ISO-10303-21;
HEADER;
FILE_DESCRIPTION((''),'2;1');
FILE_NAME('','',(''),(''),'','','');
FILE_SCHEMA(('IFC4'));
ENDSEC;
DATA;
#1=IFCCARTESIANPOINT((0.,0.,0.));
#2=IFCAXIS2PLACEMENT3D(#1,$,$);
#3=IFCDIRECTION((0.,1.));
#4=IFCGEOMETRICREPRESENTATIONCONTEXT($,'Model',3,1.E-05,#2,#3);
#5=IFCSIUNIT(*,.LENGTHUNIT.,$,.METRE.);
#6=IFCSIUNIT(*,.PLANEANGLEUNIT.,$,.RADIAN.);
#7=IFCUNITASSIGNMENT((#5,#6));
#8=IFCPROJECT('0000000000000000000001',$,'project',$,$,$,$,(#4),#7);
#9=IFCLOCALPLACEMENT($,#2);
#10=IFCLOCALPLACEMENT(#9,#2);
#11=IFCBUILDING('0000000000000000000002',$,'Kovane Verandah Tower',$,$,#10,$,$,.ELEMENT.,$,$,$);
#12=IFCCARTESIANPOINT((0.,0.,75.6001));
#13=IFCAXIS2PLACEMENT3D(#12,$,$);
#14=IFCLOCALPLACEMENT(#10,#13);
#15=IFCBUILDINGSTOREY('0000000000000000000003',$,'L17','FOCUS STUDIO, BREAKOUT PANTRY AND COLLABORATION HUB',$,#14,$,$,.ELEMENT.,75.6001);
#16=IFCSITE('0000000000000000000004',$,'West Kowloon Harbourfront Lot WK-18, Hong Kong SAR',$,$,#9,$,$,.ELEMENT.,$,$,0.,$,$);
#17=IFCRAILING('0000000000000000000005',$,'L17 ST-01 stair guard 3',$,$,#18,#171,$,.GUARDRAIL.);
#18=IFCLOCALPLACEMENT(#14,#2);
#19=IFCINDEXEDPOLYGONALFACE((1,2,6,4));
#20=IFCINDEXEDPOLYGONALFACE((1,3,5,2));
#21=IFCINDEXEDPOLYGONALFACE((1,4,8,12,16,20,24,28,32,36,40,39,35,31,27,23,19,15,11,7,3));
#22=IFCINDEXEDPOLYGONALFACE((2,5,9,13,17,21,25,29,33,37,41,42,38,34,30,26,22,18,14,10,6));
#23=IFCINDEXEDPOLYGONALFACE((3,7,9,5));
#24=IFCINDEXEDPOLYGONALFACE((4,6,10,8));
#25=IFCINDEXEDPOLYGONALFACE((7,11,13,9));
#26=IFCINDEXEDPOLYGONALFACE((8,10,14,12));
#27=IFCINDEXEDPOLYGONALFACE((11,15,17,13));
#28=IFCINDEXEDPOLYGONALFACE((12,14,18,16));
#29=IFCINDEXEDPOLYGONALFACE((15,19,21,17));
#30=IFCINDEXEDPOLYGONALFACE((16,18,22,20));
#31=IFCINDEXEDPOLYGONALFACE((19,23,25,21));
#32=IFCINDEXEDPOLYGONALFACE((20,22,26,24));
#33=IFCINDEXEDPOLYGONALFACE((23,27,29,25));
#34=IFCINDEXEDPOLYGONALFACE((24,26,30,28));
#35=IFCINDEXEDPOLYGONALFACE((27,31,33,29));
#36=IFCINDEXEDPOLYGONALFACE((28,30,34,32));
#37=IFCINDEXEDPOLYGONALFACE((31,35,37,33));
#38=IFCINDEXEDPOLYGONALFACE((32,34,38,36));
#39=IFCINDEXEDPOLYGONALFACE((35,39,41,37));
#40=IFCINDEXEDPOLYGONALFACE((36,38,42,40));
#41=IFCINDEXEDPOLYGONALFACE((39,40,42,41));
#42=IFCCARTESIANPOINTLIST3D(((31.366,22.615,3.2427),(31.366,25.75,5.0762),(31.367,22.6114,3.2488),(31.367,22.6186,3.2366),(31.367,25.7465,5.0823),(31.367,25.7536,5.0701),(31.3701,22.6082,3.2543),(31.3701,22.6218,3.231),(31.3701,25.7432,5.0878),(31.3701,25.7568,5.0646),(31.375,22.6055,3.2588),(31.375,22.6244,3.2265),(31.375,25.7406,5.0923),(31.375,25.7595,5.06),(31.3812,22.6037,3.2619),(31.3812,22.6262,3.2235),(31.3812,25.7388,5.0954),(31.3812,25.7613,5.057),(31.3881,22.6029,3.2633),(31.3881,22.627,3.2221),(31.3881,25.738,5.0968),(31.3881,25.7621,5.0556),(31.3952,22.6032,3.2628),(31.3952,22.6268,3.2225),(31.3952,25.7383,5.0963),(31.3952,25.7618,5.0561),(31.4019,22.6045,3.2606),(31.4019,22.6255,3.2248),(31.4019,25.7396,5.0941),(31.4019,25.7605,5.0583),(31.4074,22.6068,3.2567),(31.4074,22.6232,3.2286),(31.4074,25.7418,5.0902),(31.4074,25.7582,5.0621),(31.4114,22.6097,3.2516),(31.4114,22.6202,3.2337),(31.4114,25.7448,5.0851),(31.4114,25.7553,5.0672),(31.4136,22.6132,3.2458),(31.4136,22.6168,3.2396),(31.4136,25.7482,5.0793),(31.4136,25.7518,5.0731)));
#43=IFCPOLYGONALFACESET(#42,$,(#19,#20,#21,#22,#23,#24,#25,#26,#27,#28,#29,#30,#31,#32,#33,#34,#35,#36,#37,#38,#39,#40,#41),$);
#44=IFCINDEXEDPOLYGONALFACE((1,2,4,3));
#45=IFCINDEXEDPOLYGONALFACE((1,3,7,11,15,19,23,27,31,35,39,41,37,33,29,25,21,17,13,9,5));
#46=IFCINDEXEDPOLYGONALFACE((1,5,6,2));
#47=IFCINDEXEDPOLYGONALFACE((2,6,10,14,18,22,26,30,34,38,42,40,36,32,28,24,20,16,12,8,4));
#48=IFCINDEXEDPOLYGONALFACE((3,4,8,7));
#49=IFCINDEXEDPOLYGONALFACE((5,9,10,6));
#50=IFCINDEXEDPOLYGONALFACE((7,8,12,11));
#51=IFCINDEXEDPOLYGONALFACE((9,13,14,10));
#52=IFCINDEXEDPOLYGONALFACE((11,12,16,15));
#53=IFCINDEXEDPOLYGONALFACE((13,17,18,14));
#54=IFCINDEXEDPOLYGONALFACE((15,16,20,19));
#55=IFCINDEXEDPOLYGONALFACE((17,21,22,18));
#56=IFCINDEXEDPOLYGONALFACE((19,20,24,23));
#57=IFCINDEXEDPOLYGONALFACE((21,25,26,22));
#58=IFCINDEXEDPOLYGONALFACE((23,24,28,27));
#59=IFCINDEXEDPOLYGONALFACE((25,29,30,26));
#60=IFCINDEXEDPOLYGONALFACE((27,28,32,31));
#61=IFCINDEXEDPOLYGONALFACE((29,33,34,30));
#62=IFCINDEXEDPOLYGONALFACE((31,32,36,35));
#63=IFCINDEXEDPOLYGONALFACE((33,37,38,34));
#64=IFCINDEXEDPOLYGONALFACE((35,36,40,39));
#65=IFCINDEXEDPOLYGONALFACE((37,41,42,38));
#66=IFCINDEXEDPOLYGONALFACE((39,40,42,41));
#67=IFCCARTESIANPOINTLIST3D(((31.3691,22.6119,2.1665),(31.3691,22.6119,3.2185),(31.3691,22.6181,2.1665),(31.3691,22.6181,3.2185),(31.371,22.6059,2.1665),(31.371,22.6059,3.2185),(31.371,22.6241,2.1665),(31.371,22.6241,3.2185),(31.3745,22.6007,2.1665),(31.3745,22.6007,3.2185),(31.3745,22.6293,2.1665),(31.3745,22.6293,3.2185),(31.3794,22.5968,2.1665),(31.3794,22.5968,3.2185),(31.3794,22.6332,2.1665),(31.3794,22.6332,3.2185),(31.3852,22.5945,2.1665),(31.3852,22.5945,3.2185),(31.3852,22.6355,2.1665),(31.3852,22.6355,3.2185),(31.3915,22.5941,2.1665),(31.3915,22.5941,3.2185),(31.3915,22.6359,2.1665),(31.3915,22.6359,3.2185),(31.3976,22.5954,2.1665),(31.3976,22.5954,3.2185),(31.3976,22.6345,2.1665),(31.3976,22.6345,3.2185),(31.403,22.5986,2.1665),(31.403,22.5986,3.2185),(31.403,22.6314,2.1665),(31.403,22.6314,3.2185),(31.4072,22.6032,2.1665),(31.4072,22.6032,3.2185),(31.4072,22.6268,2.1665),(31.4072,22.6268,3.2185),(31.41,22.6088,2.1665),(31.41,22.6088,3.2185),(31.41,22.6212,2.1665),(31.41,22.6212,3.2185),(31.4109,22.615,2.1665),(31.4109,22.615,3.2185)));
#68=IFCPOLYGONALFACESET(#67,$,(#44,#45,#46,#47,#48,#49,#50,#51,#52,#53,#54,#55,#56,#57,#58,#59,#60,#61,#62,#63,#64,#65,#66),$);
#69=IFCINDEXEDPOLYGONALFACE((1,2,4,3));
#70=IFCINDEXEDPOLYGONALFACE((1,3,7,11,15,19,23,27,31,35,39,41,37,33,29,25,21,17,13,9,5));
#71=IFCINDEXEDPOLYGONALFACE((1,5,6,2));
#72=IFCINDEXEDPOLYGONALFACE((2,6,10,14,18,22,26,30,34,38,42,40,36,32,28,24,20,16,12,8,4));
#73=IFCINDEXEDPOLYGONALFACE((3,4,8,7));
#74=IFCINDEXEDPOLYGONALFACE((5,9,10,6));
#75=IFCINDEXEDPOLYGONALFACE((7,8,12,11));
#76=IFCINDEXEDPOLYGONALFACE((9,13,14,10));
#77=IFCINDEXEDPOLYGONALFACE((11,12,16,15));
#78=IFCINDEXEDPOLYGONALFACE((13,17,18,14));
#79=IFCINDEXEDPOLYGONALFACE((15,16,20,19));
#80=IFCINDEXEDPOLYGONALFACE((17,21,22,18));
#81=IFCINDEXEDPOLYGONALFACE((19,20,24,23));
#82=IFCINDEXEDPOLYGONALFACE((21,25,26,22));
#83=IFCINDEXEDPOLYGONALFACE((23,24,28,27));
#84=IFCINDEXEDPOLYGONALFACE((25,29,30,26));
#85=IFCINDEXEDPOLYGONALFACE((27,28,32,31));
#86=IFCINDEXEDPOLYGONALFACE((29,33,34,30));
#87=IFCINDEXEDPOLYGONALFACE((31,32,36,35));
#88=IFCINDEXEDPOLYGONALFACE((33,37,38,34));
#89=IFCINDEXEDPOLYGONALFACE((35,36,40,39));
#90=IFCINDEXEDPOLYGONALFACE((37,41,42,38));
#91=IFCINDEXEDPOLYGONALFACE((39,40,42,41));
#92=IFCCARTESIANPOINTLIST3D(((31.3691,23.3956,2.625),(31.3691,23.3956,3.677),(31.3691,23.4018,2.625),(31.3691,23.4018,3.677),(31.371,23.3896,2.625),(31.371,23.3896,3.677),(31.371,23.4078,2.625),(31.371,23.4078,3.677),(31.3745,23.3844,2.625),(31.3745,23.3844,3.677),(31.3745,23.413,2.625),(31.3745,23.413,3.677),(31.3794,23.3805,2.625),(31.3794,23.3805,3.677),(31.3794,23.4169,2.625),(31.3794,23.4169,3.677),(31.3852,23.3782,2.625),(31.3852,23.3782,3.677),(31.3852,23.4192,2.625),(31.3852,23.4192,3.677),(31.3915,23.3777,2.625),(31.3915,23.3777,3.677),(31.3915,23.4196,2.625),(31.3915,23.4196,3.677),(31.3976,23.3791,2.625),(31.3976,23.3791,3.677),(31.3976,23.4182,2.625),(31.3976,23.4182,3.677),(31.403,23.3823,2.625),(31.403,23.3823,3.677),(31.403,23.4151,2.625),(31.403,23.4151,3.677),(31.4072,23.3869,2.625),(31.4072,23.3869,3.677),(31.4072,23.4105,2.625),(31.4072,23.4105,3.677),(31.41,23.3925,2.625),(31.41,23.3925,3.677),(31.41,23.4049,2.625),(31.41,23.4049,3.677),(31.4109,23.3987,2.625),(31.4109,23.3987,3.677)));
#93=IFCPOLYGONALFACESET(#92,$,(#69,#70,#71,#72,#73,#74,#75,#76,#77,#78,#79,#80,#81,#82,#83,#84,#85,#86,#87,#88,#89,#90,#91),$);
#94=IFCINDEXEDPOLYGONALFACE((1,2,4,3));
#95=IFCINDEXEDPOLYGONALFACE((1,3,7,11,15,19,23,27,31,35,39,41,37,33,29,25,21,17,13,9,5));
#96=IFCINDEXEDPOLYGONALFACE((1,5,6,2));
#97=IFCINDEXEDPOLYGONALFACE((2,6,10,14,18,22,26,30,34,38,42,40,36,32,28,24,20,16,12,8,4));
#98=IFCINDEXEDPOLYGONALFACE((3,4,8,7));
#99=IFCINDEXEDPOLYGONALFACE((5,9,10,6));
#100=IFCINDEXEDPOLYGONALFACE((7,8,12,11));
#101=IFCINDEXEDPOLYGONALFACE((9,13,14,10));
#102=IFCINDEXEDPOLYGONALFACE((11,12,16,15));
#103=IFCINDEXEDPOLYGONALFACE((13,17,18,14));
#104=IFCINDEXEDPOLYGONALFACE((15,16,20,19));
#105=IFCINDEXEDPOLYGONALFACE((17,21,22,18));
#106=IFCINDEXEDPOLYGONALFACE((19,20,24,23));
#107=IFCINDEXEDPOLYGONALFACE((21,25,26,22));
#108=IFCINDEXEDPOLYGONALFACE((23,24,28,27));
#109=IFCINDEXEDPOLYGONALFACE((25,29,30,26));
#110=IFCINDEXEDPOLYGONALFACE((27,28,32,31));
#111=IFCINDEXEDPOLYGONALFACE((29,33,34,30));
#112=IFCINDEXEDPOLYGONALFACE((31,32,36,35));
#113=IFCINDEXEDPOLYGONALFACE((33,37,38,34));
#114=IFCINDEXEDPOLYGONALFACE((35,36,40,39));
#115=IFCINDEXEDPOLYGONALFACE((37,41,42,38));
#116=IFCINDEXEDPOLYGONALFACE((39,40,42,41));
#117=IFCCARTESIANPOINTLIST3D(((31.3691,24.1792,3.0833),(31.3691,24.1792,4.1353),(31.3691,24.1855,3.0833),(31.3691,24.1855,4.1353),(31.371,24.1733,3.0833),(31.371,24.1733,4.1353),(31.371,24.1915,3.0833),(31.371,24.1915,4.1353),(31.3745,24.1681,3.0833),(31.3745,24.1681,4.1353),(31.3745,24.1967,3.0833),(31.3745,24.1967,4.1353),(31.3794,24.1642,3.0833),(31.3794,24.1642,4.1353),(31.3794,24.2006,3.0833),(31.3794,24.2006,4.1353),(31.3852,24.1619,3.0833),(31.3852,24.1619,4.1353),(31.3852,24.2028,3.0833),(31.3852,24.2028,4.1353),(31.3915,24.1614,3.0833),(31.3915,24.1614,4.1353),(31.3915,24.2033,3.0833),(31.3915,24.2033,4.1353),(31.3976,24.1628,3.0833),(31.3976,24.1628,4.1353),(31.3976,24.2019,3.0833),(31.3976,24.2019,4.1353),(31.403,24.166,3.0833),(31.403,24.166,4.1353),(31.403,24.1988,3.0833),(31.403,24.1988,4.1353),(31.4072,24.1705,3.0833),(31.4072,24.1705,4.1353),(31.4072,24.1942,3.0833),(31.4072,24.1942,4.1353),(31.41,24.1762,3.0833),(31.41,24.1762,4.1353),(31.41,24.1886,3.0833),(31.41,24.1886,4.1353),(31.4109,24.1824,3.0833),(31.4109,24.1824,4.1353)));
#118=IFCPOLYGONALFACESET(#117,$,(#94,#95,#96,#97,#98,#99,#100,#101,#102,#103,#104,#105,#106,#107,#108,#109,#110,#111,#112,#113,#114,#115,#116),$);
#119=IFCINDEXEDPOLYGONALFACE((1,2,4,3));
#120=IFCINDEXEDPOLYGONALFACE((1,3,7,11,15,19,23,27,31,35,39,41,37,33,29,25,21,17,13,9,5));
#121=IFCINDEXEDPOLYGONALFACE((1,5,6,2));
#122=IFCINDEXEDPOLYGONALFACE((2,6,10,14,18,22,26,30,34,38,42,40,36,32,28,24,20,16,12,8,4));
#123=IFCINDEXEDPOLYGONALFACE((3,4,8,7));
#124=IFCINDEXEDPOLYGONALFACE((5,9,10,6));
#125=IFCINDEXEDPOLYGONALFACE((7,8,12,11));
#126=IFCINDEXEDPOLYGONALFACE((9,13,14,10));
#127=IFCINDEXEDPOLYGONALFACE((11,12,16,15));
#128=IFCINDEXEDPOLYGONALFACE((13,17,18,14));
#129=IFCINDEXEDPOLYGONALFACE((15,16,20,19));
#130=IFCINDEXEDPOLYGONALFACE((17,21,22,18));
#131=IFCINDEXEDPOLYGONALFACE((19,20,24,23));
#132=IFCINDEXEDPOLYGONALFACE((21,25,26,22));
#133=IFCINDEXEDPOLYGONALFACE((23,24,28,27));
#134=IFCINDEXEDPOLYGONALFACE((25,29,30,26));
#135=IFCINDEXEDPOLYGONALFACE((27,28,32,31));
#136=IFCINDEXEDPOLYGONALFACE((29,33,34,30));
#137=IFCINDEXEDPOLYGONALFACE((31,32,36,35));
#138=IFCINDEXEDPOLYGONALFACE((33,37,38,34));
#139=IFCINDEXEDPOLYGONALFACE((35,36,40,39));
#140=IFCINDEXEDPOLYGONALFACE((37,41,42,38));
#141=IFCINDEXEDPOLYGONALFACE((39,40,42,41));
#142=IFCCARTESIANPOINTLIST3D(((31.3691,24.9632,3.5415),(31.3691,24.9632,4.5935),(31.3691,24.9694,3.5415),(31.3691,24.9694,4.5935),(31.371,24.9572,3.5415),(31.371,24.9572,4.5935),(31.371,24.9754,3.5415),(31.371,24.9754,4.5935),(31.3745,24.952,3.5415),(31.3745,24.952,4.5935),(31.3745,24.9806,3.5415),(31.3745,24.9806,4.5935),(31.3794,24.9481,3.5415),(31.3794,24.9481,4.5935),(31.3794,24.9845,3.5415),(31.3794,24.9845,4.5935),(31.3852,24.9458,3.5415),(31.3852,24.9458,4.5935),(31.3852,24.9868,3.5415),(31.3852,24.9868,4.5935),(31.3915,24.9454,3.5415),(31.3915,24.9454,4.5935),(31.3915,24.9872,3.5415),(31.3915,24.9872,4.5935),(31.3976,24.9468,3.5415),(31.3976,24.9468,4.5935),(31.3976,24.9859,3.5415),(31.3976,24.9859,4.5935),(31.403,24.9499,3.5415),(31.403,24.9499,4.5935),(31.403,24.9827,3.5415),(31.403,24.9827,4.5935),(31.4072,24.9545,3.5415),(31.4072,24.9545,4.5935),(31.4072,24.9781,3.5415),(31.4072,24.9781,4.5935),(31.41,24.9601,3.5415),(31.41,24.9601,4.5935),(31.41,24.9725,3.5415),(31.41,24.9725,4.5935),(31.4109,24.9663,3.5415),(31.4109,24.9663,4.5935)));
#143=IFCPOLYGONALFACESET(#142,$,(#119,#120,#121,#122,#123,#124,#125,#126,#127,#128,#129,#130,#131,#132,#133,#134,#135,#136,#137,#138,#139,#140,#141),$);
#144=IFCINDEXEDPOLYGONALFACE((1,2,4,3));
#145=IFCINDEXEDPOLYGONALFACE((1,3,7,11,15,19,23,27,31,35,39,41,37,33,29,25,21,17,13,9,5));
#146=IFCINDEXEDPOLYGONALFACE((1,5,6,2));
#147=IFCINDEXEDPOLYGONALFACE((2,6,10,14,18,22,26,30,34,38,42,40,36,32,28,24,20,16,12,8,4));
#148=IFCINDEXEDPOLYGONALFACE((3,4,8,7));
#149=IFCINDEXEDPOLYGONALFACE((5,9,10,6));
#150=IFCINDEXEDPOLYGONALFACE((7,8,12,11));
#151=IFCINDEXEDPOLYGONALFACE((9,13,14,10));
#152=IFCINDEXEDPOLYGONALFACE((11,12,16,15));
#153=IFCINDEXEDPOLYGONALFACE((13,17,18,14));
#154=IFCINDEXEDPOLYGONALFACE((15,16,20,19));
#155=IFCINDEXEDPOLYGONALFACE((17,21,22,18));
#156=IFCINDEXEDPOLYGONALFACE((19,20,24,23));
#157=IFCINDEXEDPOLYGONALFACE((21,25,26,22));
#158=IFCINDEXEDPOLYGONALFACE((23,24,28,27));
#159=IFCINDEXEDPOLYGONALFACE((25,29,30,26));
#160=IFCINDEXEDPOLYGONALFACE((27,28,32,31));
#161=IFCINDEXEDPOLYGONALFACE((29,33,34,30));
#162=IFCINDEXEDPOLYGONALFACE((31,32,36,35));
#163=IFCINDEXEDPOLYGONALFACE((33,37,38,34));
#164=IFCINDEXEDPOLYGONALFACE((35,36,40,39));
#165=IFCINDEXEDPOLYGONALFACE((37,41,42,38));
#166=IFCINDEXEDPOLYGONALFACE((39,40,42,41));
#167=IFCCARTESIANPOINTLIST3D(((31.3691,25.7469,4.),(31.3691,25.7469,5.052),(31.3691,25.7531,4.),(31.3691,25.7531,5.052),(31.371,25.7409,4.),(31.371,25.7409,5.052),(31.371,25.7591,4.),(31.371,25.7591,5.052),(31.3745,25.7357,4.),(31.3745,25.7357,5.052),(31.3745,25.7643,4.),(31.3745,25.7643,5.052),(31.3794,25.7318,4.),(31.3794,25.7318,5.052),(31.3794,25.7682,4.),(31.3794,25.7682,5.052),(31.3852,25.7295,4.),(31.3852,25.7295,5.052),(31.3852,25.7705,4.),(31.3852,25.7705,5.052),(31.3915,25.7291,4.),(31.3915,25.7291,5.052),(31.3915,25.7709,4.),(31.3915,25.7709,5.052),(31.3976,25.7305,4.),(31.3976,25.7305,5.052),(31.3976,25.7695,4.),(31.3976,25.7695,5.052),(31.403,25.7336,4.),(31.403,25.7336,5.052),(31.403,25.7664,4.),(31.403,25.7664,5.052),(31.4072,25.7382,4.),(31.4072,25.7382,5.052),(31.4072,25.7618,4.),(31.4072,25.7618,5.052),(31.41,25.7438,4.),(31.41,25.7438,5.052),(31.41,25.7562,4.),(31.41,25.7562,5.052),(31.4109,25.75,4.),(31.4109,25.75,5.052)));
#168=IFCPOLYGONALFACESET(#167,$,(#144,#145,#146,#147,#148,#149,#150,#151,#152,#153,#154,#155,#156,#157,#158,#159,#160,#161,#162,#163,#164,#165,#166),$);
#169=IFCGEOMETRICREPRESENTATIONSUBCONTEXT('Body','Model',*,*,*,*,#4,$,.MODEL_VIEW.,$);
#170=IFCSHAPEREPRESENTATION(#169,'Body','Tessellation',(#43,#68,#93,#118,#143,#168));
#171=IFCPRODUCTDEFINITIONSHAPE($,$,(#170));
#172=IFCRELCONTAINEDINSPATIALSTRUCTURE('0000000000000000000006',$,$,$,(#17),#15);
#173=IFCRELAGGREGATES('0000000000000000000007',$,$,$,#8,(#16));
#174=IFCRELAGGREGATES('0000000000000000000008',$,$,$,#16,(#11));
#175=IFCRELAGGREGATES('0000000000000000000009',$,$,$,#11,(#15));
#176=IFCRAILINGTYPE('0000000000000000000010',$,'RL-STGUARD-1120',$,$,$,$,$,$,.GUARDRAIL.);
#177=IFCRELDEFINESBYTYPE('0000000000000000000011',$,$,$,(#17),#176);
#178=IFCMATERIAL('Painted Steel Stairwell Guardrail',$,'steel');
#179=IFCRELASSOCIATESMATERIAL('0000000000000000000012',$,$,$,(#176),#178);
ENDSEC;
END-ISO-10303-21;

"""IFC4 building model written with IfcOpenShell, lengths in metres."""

from ifc_helpers import new_model, si_unit, direction, frame, origin, origin_2d, place, context, subcontext, project, spatial, circle, extrude, material, type_object, element, save


model = new_model("IFC4")

# Units and contexts
model_context = context("Model", 3, precision=1e-05, world=origin(), true_north=direction((0.0, 1.0)))
body_context = subcontext(model_context, "Body", "Model", "MODEL_VIEW")
ifc_project = project(units=[si_unit("LENGTHUNIT", "METRE"), si_unit("PLANEANGLEUNIT", "RADIAN")], contexts=[model_context])

# Site, building, storey
site_placement = place(None, origin())
site = spatial("IfcSite", under=ifc_project, at=site_placement, Name="West Kowloon Harbourfront Lot WK-18, Hong Kong SAR", CompositionType="ELEMENT", RefElevation=0.0)
building_placement = place(site_placement, origin())
building = spatial("IfcBuilding", under=site, at=building_placement, Name="Kovane Verandah Tower", CompositionType="ELEMENT")
storey_placement = place(building_placement, frame((0.0, 0.0, 75.6001)))
storey = spatial("IfcBuildingStorey", under=building, at=storey_placement, Name="L17", Description="FOCUS STUDIO, BREAKOUT PANTRY AND COLLABORATION HUB", CompositionType="ELEMENT", Elevation=75.6001)

# Railing
ifc_material_1 = material(Name="Painted Steel Stairwell Guardrail", Category="steel")
railing_type_1 = type_object("IfcRailingType", Name="RL-STGUARD-1120", PredefinedType="GUARDRAIL", material=ifc_material_1)
railing_1_placement = place(storey_placement, frame((31.3899, 22.615, 2.1665)))
element("IfcRailing", 1, at=railing_1_placement, inside=storey, type_object=railing_type_1, Name="L17 ST-01 stair guard 3", PredefinedType="GUARDRAIL", context=body_context, shape_type="SweptSolid", body=[
    extrude(circle(Radius=0.0239, at=origin_2d()), frame((0.0, 0.0, 1.0762), z_axis=(0.0, 0.86321, 0.504845), x_axis=(-1.0, 0.0, 0.0)), (0.0, 0.0, 1.0), 3.6318),
    extrude(circle(Radius=0.021, at=origin_2d()), origin(), (0.0, 0.0, 1.0), 1.052),
    extrude(circle(Radius=0.021, at=origin_2d()), frame((0.0, 0.7837, 0.4585)), (0.0, 0.0, 1.0), 1.052),
    extrude(circle(Radius=0.021, at=origin_2d()), frame((0.0, 1.5674, 0.9167)), (0.0, 0.0, 1.0), 1.052),
    extrude(circle(Radius=0.021, at=origin_2d()), frame((0.0, 2.3513, 1.375)), (0.0, 0.0, 1.0), 1.052),
    extrude(circle(Radius=0.021, at=origin_2d()), frame((0.0, 3.135, 1.8335)), (0.0, 0.0, 1.0), 1.052),
])

save(model, "model.ifc")
